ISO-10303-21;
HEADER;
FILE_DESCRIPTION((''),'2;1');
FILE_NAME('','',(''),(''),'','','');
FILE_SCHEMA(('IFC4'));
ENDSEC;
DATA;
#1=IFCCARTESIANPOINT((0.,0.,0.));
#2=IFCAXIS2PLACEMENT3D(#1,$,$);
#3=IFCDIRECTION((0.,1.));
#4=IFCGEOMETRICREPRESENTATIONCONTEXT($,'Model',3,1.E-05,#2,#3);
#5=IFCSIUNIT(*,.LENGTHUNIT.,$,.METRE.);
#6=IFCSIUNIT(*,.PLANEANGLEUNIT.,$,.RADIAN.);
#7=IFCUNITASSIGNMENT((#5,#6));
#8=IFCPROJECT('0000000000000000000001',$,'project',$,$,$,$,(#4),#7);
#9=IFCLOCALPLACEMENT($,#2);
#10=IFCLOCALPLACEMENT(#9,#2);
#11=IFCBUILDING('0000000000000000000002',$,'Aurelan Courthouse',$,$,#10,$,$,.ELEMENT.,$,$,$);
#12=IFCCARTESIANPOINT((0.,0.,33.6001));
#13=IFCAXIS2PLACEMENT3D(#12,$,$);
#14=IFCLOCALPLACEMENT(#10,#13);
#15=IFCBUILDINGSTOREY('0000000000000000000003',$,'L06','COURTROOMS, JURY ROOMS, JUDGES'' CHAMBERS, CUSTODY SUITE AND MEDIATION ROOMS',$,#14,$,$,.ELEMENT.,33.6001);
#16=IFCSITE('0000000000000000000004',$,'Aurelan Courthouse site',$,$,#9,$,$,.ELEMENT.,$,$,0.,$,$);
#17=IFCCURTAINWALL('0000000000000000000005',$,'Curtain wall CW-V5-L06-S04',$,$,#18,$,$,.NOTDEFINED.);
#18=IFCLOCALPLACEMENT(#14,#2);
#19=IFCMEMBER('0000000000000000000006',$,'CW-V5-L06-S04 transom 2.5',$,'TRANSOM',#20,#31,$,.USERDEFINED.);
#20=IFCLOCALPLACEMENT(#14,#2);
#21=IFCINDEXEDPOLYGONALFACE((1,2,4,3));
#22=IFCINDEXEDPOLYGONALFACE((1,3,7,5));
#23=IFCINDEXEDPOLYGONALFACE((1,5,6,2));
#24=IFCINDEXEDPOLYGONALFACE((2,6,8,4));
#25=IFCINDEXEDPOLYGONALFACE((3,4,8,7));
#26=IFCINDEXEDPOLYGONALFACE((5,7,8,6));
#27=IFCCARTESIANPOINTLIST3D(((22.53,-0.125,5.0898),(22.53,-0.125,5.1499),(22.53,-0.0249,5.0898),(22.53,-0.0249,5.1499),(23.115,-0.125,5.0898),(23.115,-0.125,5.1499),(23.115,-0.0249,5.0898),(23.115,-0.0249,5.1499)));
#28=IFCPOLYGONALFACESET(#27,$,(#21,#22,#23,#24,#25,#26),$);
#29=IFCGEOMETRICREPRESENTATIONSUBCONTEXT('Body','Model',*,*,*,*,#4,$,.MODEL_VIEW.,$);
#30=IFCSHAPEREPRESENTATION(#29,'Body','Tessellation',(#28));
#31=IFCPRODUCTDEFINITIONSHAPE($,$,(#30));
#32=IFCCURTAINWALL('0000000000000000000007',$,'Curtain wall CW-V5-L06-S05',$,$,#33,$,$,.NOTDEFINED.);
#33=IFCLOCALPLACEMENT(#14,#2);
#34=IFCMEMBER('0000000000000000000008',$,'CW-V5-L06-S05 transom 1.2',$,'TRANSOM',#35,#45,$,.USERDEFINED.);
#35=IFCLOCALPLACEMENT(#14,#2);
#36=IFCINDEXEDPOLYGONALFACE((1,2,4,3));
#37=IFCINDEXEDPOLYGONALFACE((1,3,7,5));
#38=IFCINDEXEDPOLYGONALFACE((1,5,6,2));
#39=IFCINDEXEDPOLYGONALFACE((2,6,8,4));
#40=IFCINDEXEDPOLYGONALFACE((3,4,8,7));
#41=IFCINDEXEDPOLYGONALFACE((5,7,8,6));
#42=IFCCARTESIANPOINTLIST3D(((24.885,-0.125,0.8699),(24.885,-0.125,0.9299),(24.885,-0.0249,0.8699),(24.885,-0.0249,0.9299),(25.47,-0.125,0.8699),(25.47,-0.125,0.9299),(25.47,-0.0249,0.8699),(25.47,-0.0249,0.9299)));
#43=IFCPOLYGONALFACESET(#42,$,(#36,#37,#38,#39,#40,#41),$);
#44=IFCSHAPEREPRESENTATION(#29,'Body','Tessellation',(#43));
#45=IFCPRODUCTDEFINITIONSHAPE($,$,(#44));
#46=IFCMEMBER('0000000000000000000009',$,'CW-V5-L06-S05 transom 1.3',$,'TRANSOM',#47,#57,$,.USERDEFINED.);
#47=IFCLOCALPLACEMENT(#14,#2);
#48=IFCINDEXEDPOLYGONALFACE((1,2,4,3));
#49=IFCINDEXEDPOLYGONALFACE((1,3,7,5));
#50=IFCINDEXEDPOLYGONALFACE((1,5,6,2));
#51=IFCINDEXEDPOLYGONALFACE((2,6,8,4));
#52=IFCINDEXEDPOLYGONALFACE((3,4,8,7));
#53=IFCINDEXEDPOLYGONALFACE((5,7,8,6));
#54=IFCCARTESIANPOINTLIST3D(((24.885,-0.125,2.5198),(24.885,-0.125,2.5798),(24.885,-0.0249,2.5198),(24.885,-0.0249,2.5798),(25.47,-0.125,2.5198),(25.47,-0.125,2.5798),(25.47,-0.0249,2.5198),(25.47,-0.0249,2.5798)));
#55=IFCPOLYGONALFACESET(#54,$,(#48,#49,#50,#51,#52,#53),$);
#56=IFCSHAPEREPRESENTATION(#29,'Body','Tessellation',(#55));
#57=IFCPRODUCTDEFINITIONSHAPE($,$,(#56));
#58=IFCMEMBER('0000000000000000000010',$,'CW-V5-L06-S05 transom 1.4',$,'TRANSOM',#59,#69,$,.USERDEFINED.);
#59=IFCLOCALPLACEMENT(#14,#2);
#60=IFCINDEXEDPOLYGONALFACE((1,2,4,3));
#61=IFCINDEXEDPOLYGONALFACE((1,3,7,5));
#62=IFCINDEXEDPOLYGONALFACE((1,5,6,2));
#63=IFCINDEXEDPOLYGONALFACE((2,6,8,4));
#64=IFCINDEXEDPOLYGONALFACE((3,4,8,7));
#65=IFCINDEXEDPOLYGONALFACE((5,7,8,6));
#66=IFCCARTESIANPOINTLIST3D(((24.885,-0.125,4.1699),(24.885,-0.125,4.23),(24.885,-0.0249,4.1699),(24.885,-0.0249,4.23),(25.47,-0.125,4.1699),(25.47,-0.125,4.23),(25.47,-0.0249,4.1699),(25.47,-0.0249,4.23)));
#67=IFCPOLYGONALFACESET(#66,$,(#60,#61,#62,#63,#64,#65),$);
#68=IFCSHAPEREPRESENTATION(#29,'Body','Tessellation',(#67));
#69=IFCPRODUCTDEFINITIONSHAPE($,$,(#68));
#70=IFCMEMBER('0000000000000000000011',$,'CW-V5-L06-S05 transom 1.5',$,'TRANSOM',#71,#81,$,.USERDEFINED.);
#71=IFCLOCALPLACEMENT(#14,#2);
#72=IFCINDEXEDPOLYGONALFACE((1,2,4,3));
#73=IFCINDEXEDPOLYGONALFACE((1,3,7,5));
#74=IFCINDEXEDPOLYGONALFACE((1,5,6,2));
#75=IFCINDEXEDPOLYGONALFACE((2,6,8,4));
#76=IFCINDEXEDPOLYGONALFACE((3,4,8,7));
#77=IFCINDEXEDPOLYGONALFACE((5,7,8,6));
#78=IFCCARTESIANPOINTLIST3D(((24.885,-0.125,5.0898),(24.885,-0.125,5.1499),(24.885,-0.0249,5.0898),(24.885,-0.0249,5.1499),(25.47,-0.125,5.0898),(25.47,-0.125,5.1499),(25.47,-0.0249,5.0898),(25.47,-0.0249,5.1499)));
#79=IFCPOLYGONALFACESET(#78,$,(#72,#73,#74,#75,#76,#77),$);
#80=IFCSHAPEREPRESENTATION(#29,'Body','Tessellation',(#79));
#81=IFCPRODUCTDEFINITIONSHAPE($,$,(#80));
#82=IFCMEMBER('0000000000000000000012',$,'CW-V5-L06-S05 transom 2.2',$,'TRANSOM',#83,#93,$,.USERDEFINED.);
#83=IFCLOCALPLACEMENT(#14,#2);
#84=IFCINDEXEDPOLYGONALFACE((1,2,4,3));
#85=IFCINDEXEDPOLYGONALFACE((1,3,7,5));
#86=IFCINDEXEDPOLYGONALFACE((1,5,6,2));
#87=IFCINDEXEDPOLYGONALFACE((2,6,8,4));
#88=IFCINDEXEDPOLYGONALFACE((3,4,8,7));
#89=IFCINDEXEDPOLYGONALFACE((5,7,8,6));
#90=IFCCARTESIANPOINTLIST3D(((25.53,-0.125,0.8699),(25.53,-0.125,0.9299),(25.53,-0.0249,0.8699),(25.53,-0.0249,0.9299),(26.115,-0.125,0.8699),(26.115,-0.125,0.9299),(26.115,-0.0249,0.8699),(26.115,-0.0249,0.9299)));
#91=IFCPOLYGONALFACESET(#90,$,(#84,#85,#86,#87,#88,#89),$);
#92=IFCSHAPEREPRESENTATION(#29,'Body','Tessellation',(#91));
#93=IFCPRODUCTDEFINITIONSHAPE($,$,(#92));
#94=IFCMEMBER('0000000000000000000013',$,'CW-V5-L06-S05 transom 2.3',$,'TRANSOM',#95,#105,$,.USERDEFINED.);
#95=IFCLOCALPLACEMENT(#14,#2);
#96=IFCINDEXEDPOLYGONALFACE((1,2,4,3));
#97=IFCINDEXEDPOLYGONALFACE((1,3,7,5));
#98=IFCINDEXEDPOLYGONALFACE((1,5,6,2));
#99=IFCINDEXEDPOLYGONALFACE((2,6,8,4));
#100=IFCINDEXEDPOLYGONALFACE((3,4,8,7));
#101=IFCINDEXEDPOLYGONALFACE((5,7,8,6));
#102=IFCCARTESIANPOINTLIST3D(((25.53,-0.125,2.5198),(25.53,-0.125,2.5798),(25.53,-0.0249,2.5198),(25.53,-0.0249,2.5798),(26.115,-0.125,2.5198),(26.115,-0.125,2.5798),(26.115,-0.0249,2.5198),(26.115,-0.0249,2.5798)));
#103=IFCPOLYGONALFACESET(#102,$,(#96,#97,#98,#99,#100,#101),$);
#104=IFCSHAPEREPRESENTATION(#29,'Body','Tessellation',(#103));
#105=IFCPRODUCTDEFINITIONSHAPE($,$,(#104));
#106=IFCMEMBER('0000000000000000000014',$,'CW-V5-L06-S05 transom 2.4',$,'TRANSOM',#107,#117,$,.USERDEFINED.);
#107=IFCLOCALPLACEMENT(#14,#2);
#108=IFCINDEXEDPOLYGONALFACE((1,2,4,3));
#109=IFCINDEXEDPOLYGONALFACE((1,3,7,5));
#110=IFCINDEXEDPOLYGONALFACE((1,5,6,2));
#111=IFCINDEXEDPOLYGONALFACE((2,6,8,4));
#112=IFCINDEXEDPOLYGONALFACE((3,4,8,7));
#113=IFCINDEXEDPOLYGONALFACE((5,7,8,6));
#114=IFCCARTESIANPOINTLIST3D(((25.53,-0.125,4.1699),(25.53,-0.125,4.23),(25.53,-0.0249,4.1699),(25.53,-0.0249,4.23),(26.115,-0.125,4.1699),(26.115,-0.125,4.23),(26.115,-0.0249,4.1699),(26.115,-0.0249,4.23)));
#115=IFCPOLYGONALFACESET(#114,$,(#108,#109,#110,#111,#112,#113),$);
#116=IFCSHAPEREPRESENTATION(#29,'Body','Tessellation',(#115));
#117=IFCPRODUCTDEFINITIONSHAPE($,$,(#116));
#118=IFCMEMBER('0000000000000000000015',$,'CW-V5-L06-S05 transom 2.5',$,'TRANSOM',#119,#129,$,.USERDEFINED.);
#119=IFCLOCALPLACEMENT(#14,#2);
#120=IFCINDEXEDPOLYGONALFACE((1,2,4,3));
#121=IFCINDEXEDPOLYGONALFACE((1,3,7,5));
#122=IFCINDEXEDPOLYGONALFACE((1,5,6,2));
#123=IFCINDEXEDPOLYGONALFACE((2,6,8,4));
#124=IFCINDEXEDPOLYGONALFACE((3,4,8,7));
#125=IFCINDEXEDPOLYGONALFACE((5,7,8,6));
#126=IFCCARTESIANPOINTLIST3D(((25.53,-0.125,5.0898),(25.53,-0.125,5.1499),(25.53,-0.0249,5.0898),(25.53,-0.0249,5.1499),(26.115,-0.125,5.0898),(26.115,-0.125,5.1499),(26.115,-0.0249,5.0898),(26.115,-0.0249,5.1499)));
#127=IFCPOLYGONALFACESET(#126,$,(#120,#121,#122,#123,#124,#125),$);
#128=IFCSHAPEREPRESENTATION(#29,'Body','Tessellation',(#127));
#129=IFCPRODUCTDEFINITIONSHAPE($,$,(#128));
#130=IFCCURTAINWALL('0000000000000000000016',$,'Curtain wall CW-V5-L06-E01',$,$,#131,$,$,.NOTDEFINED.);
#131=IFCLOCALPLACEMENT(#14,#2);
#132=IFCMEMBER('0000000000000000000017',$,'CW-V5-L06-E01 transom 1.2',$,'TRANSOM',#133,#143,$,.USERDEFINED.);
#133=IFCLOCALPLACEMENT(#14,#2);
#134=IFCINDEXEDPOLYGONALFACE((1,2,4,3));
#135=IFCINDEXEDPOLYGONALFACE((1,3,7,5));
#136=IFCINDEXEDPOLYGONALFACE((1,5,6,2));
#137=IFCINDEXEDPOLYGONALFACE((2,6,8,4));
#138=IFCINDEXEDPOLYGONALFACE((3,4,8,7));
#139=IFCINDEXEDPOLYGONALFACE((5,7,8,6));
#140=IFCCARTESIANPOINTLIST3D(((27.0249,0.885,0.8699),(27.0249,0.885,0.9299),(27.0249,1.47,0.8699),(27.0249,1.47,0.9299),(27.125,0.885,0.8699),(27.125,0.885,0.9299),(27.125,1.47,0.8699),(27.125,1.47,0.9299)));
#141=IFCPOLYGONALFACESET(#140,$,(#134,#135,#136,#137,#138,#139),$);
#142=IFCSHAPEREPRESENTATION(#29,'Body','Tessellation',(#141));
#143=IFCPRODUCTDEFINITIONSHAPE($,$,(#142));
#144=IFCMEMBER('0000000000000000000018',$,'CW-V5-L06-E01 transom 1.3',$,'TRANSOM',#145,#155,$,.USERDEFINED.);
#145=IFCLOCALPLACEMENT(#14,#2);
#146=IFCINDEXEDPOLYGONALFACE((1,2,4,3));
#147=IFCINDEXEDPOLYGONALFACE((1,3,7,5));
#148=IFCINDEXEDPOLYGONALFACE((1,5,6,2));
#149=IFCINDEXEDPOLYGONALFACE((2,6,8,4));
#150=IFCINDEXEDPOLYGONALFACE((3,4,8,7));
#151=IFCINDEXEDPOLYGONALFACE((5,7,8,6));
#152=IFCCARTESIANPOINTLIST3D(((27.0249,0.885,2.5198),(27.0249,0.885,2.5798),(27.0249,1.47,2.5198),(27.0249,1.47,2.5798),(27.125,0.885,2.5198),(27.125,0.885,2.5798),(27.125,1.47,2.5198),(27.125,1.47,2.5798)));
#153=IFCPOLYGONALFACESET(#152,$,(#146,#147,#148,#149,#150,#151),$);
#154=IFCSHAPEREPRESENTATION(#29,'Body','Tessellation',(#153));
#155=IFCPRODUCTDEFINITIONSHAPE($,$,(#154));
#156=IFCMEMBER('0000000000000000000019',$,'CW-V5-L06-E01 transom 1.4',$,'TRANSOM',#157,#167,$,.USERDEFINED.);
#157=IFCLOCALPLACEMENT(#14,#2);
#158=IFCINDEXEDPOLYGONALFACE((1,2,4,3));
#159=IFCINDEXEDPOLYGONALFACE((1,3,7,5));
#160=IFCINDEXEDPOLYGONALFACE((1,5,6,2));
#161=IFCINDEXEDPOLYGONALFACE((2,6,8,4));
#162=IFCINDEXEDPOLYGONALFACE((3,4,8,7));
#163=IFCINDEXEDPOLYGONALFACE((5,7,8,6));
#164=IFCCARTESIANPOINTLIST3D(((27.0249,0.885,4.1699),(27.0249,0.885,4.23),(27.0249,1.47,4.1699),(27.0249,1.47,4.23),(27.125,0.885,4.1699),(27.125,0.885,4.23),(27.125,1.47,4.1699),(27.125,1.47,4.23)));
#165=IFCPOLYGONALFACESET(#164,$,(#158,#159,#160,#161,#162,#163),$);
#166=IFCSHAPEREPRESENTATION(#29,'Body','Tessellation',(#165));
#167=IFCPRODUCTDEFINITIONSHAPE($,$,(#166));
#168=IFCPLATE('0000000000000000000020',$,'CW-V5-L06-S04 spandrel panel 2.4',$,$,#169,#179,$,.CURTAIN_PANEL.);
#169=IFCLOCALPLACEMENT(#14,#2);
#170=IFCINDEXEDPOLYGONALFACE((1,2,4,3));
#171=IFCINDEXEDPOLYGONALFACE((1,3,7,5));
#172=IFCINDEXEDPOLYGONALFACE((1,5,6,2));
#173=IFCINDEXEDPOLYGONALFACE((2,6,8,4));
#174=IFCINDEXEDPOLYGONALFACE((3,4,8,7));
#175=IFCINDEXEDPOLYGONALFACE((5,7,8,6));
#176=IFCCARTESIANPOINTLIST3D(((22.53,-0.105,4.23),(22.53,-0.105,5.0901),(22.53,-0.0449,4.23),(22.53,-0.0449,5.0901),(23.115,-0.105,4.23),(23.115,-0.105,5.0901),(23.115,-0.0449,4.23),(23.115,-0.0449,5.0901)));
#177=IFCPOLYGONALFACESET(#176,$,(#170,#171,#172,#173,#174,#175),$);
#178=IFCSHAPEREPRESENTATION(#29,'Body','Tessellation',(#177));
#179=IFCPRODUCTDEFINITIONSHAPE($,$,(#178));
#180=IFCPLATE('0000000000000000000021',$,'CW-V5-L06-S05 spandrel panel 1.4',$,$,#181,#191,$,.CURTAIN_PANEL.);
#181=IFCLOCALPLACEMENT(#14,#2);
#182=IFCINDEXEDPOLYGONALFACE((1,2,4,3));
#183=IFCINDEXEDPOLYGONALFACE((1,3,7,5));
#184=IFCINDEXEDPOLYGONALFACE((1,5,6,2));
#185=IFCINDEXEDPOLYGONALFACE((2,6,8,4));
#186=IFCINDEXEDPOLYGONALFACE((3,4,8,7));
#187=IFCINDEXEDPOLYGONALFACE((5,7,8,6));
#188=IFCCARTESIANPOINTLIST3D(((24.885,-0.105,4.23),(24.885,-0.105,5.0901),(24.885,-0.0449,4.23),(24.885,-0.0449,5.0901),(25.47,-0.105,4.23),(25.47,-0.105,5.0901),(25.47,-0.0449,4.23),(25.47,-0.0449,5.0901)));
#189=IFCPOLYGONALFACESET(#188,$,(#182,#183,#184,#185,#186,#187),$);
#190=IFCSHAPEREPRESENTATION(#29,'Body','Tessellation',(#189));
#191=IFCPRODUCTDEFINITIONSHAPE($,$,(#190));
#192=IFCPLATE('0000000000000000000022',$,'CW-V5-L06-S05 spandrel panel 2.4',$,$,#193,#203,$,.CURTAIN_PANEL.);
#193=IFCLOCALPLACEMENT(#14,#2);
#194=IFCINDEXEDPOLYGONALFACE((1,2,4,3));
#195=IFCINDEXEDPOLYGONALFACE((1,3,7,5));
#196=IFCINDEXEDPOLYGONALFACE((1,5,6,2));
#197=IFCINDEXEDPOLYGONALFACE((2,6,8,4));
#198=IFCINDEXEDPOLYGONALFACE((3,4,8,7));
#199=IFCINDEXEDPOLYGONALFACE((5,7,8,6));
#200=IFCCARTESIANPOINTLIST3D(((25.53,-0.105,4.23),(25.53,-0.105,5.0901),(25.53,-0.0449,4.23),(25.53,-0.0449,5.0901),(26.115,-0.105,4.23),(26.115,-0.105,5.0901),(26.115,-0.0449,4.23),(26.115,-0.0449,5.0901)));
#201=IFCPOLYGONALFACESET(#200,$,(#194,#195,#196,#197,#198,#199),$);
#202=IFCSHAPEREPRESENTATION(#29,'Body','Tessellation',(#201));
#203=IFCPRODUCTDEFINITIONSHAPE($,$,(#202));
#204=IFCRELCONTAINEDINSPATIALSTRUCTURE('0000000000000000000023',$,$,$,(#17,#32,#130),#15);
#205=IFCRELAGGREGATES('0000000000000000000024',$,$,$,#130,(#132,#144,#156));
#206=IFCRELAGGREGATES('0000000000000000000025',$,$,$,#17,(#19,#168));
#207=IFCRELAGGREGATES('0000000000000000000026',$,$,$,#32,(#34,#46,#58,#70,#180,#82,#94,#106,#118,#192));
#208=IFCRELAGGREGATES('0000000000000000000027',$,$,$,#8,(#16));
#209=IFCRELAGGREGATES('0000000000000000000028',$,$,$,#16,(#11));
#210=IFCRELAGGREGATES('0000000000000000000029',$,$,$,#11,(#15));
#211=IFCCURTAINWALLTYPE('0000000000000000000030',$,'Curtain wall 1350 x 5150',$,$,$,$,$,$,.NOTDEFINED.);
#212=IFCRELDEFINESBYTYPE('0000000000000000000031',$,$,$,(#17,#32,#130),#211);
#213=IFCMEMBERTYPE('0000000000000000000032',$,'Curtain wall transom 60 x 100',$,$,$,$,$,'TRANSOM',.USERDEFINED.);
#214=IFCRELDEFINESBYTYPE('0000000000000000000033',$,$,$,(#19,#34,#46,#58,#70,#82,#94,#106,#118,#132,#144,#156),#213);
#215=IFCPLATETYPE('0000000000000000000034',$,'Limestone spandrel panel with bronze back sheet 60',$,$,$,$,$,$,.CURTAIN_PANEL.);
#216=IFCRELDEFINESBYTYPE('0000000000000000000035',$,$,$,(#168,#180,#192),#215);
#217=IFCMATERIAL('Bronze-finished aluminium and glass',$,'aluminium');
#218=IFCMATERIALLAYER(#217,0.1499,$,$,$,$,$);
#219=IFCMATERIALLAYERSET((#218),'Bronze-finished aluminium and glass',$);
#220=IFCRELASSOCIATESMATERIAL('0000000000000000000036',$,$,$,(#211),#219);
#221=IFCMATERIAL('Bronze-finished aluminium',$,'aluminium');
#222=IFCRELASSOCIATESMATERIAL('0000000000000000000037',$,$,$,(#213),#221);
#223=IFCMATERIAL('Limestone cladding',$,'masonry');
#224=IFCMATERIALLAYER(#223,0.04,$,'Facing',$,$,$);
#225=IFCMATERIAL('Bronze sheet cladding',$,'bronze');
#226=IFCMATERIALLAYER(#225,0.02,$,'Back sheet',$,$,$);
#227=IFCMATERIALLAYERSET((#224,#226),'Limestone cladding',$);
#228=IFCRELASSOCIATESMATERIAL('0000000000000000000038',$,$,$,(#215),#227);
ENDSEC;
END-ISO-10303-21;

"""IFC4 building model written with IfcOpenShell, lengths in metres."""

from ifc_helpers import new_model, si_unit, direction, frame, origin, origin_2d, place, context, subcontext, project, spatial, rectangle, extrude, material, layer, layer_set, material_profile, profile_set, type_object, element, aggregate, save


model = new_model("IFC4")

# Units and contexts
model_context = context("Model", 3, precision=1e-05, world=origin(), true_north=direction((0.0, 1.0)))
body_context = subcontext(model_context, "Body", "Model", "MODEL_VIEW")
ifc_project = project(units=[si_unit("LENGTHUNIT", "METRE"), si_unit("PLANEANGLEUNIT", "RADIAN")], contexts=[model_context])

# Site, building, storey
site_placement = place(None, origin())
site = spatial("IfcSite", under=ifc_project, at=site_placement, Name="Aurelan Courthouse site", CompositionType="ELEMENT", RefElevation=0.0)
building_placement = place(site_placement, origin())
building = spatial("IfcBuilding", under=site, at=building_placement, Name="Aurelan Courthouse", CompositionType="ELEMENT")
storey_placement = place(building_placement, frame((0.0, 0.0, 33.6001)))
storey = spatial("IfcBuildingStorey", under=building, at=storey_placement, Name="L06", Description="COURTROOMS, JURY ROOMS, JUDGES' CHAMBERS, CUSTODY SUITE AND MEDIATION ROOMS", CompositionType="ELEMENT", Elevation=33.6001)

# Curtain wall, member
ifc_material_1 = material(Name="Bronze-finished aluminium and glass", Category="aluminium")
ifc_layer_1 = layer(ifc_material_1, 0.1499)
ifc_layer_set_1 = layer_set([ifc_layer_1], Name="Bronze-finished aluminium and glass")
curtain_wall_type = type_object("IfcCurtainWallType", Name="Curtain wall 1350 x 5150", PredefinedType="NOTDEFINED", material=ifc_layer_set_1)
curtain_wall_1_placement = place(storey_placement, origin())
curtain_wall_1 = element("IfcCurtainWall", 1, at=curtain_wall_1_placement, inside=storey, type_object=curtain_wall_type, Name="Curtain wall CW-V5-L06-S04", PredefinedType="NOTDEFINED")
ifc_material_2 = material(Name="Bronze-finished aluminium", Category="aluminium")
ifc_material_profile = material_profile(ifc_material_2, rectangle(XDim=0.1001, YDim=0.0601, at=origin_2d()), Name="Bronze transom 60 x 100")
ifc_profile_set = profile_set([ifc_material_profile], Name="Bronze-finished aluminium")
member_type = type_object("IfcMemberType", Name="Curtain wall transom 60 x 100", ElementType="TRANSOM", PredefinedType="USERDEFINED", material=ifc_profile_set)
member_1_placement = place(storey_placement, frame((22.53, -0.075, 5.1199), z_axis=(1.0, 0.0, 0.0), x_axis=(0.0, 1.0, 0.0)))
member_1 = element("IfcMember", 2, at=member_1_placement, type_object=member_type, Name="CW-V5-L06-S04 transom 2.5", ObjectType="TRANSOM", PredefinedType="USERDEFINED", context=body_context, shape_type="SweptSolid", body=[
    extrude(rectangle(XDim=0.1001, YDim=0.0601, at=origin_2d()), origin(), (0.0, 0.0, 1.0), 0.585),
])

# Curtain walls, members
curtain_wall_2_placement = place(storey_placement, origin())
curtain_wall_2 = element("IfcCurtainWall", 3, at=curtain_wall_2_placement, inside=storey, type_object=curtain_wall_type, Name="Curtain wall CW-V5-L06-S05", PredefinedType="NOTDEFINED")
member_2_placement = place(storey_placement, frame((24.885, -0.075, 0.8999), z_axis=(1.0, 0.0, 0.0), x_axis=(0.0, 1.0, 0.0)))
member_2 = element("IfcMember", 4, at=member_2_placement, type_object=member_type, Name="CW-V5-L06-S05 transom 1.2", ObjectType="TRANSOM", PredefinedType="USERDEFINED", context=body_context, shape_type="SweptSolid", body=[
    extrude(rectangle(XDim=0.1001, YDim=0.0601, at=origin_2d()), origin(), (0.0, 0.0, 1.0), 0.585),
])
member_3_placement = place(storey_placement, frame((24.885, -0.075, 2.5498), z_axis=(1.0, 0.0, 0.0), x_axis=(0.0, 1.0, 0.0)))
member_3 = element("IfcMember", 5, at=member_3_placement, type_object=member_type, Name="CW-V5-L06-S05 transom 1.3", ObjectType="TRANSOM", PredefinedType="USERDEFINED", context=body_context, shape_type="SweptSolid", body=[
    extrude(rectangle(XDim=0.1001, YDim=0.0601, at=origin_2d()), origin(), (0.0, 0.0, 1.0), 0.585),
])
member_4_placement = place(storey_placement, frame((24.885, -0.075, 4.2), z_axis=(1.0, 0.0, 0.0), x_axis=(0.0, 1.0, 0.0)))
member_4 = element("IfcMember", 6, at=member_4_placement, type_object=member_type, Name="CW-V5-L06-S05 transom 1.4", ObjectType="TRANSOM", PredefinedType="USERDEFINED", context=body_context, shape_type="SweptSolid", body=[
    extrude(rectangle(XDim=0.1001, YDim=0.0601, at=origin_2d()), origin(), (0.0, 0.0, 1.0), 0.585),
])
member_5_placement = place(storey_placement, frame((24.885, -0.075, 5.1199), z_axis=(1.0, 0.0, 0.0), x_axis=(0.0, 1.0, 0.0)))
member_5 = element("IfcMember", 7, at=member_5_placement, type_object=member_type, Name="CW-V5-L06-S05 transom 1.5", ObjectType="TRANSOM", PredefinedType="USERDEFINED", context=body_context, shape_type="SweptSolid", body=[
    extrude(rectangle(XDim=0.1001, YDim=0.0601, at=origin_2d()), origin(), (0.0, 0.0, 1.0), 0.585),
])
member_6_placement = place(storey_placement, frame((25.53, -0.075, 0.8999), z_axis=(1.0, 0.0, 0.0), x_axis=(0.0, 1.0, 0.0)))
member_6 = element("IfcMember", 8, at=member_6_placement, type_object=member_type, Name="CW-V5-L06-S05 transom 2.2", ObjectType="TRANSOM", PredefinedType="USERDEFINED", context=body_context, shape_type="SweptSolid", body=[
    extrude(rectangle(XDim=0.1001, YDim=0.0601, at=origin_2d()), origin(), (0.0, 0.0, 1.0), 0.585),
])
member_7_placement = place(storey_placement, frame((25.53, -0.075, 2.5498), z_axis=(1.0, 0.0, 0.0), x_axis=(0.0, 1.0, 0.0)))
member_7 = element("IfcMember", 9, at=member_7_placement, type_object=member_type, Name="CW-V5-L06-S05 transom 2.3", ObjectType="TRANSOM", PredefinedType="USERDEFINED", context=body_context, shape_type="SweptSolid", body=[
    extrude(rectangle(XDim=0.1001, YDim=0.0601, at=origin_2d()), origin(), (0.0, 0.0, 1.0), 0.585),
])
member_8_placement = place(storey_placement, frame((25.53, -0.075, 4.2), z_axis=(1.0, 0.0, 0.0), x_axis=(0.0, 1.0, 0.0)))
member_8 = element("IfcMember", 10, at=member_8_placement, type_object=member_type, Name="CW-V5-L06-S05 transom 2.4", ObjectType="TRANSOM", PredefinedType="USERDEFINED", context=body_context, shape_type="SweptSolid", body=[
    extrude(rectangle(XDim=0.1001, YDim=0.0601, at=origin_2d()), origin(), (0.0, 0.0, 1.0), 0.585),
])
member_9_placement = place(storey_placement, frame((25.53, -0.075, 5.1199), z_axis=(1.0, 0.0, 0.0), x_axis=(0.0, 1.0, 0.0)))
member_9 = element("IfcMember", 11, at=member_9_placement, type_object=member_type, Name="CW-V5-L06-S05 transom 2.5", ObjectType="TRANSOM", PredefinedType="USERDEFINED", context=body_context, shape_type="SweptSolid", body=[
    extrude(rectangle(XDim=0.1001, YDim=0.0601, at=origin_2d()), origin(), (0.0, 0.0, 1.0), 0.585),
])
curtain_wall_3_placement = place(storey_placement, origin())
curtain_wall_3 = element("IfcCurtainWall", 12, at=curtain_wall_3_placement, inside=storey, type_object=curtain_wall_type, Name="Curtain wall CW-V5-L06-E01", PredefinedType="NOTDEFINED")
member_10_placement = place(storey_placement, frame((27.075, 0.885, 0.8999), z_axis=(0.0, 1.0, 0.0), x_axis=(-1.0, 0.0, 0.0)))
member_10 = element("IfcMember", 13, at=member_10_placement, type_object=member_type, Name="CW-V5-L06-E01 transom 1.2", ObjectType="TRANSOM", PredefinedType="USERDEFINED", context=body_context, shape_type="SweptSolid", body=[
    extrude(rectangle(XDim=0.1001, YDim=0.0601, at=origin_2d()), origin(), (0.0, 0.0, 1.0), 0.585),
])
member_11_placement = place(storey_placement, frame((27.075, 0.885, 2.5498), z_axis=(0.0, 1.0, 0.0), x_axis=(-1.0, 0.0, 0.0)))
member_11 = element("IfcMember", 14, at=member_11_placement, type_object=member_type, Name="CW-V5-L06-E01 transom 1.3", ObjectType="TRANSOM", PredefinedType="USERDEFINED", context=body_context, shape_type="SweptSolid", body=[
    extrude(rectangle(XDim=0.1001, YDim=0.0601, at=origin_2d()), origin(), (0.0, 0.0, 1.0), 0.585),
])
member_12_placement = place(storey_placement, frame((27.075, 0.885, 4.2), z_axis=(0.0, 1.0, 0.0), x_axis=(-1.0, 0.0, 0.0)))
member_12 = element("IfcMember", 15, at=member_12_placement, type_object=member_type, Name="CW-V5-L06-E01 transom 1.4", ObjectType="TRANSOM", PredefinedType="USERDEFINED", context=body_context, shape_type="SweptSolid", body=[
    extrude(rectangle(XDim=0.1001, YDim=0.0601, at=origin_2d()), origin(), (0.0, 0.0, 1.0), 0.585),
])
aggregate(curtain_wall_3, [member_10, member_11, member_12])

# Plates
ifc_material_3 = material(Name="Limestone cladding", Category="masonry")
ifc_layer_2 = layer(ifc_material_3, 0.04, Name="Facing")
ifc_material_4 = material(Name="Bronze sheet cladding", Category="bronze")
ifc_layer_3 = layer(ifc_material_4, 0.02, Name="Back sheet")
ifc_layer_set_2 = layer_set([ifc_layer_2, ifc_layer_3], Name="Limestone cladding")
plate_type_1 = type_object("IfcPlateType", Name="Limestone spandrel panel with bronze back sheet 60", PredefinedType="CURTAIN_PANEL", material=ifc_layer_set_2)
plate_1_placement = place(storey_placement, frame((22.8225, -0.075, 4.23), z_axis=(0.0, 0.0, 1.0), x_axis=(1.0, 0.0, 0.0)))
plate_1 = element("IfcPlate", 16, at=plate_1_placement, type_object=plate_type_1, Name="CW-V5-L06-S04 spandrel panel 2.4", PredefinedType="CURTAIN_PANEL", context=body_context, shape_type="SweptSolid", body=[
    extrude(rectangle(XDim=0.585, YDim=0.0601, at=origin_2d()), origin(), (0.0, 0.0, 1.0), 0.8601),
])
plate_2_placement = place(storey_placement, frame((25.1775, -0.075, 4.23), z_axis=(0.0, 0.0, 1.0), x_axis=(1.0, 0.0, 0.0)))
plate_2 = element("IfcPlate", 17, at=plate_2_placement, type_object=plate_type_1, Name="CW-V5-L06-S05 spandrel panel 1.4", PredefinedType="CURTAIN_PANEL", context=body_context, shape_type="SweptSolid", body=[
    extrude(rectangle(XDim=0.585, YDim=0.0601, at=origin_2d()), origin(), (0.0, 0.0, 1.0), 0.8601),
])
plate_3_placement = place(storey_placement, frame((25.8225, -0.075, 4.23), z_axis=(0.0, 0.0, 1.0), x_axis=(1.0, 0.0, 0.0)))
plate_3 = element("IfcPlate", 18, at=plate_3_placement, type_object=plate_type_1, Name="CW-V5-L06-S05 spandrel panel 2.4", PredefinedType="CURTAIN_PANEL", context=body_context, shape_type="SweptSolid", body=[
    extrude(rectangle(XDim=0.585, YDim=0.0601, at=origin_2d()), origin(), (0.0, 0.0, 1.0), 0.8601),
])
aggregate(curtain_wall_1, [member_1, plate_1])
aggregate(curtain_wall_2, [member_2, member_3, member_4, member_5, plate_2, member_6, member_7, member_8, member_9, plate_3])

save(model, "model.ifc")
